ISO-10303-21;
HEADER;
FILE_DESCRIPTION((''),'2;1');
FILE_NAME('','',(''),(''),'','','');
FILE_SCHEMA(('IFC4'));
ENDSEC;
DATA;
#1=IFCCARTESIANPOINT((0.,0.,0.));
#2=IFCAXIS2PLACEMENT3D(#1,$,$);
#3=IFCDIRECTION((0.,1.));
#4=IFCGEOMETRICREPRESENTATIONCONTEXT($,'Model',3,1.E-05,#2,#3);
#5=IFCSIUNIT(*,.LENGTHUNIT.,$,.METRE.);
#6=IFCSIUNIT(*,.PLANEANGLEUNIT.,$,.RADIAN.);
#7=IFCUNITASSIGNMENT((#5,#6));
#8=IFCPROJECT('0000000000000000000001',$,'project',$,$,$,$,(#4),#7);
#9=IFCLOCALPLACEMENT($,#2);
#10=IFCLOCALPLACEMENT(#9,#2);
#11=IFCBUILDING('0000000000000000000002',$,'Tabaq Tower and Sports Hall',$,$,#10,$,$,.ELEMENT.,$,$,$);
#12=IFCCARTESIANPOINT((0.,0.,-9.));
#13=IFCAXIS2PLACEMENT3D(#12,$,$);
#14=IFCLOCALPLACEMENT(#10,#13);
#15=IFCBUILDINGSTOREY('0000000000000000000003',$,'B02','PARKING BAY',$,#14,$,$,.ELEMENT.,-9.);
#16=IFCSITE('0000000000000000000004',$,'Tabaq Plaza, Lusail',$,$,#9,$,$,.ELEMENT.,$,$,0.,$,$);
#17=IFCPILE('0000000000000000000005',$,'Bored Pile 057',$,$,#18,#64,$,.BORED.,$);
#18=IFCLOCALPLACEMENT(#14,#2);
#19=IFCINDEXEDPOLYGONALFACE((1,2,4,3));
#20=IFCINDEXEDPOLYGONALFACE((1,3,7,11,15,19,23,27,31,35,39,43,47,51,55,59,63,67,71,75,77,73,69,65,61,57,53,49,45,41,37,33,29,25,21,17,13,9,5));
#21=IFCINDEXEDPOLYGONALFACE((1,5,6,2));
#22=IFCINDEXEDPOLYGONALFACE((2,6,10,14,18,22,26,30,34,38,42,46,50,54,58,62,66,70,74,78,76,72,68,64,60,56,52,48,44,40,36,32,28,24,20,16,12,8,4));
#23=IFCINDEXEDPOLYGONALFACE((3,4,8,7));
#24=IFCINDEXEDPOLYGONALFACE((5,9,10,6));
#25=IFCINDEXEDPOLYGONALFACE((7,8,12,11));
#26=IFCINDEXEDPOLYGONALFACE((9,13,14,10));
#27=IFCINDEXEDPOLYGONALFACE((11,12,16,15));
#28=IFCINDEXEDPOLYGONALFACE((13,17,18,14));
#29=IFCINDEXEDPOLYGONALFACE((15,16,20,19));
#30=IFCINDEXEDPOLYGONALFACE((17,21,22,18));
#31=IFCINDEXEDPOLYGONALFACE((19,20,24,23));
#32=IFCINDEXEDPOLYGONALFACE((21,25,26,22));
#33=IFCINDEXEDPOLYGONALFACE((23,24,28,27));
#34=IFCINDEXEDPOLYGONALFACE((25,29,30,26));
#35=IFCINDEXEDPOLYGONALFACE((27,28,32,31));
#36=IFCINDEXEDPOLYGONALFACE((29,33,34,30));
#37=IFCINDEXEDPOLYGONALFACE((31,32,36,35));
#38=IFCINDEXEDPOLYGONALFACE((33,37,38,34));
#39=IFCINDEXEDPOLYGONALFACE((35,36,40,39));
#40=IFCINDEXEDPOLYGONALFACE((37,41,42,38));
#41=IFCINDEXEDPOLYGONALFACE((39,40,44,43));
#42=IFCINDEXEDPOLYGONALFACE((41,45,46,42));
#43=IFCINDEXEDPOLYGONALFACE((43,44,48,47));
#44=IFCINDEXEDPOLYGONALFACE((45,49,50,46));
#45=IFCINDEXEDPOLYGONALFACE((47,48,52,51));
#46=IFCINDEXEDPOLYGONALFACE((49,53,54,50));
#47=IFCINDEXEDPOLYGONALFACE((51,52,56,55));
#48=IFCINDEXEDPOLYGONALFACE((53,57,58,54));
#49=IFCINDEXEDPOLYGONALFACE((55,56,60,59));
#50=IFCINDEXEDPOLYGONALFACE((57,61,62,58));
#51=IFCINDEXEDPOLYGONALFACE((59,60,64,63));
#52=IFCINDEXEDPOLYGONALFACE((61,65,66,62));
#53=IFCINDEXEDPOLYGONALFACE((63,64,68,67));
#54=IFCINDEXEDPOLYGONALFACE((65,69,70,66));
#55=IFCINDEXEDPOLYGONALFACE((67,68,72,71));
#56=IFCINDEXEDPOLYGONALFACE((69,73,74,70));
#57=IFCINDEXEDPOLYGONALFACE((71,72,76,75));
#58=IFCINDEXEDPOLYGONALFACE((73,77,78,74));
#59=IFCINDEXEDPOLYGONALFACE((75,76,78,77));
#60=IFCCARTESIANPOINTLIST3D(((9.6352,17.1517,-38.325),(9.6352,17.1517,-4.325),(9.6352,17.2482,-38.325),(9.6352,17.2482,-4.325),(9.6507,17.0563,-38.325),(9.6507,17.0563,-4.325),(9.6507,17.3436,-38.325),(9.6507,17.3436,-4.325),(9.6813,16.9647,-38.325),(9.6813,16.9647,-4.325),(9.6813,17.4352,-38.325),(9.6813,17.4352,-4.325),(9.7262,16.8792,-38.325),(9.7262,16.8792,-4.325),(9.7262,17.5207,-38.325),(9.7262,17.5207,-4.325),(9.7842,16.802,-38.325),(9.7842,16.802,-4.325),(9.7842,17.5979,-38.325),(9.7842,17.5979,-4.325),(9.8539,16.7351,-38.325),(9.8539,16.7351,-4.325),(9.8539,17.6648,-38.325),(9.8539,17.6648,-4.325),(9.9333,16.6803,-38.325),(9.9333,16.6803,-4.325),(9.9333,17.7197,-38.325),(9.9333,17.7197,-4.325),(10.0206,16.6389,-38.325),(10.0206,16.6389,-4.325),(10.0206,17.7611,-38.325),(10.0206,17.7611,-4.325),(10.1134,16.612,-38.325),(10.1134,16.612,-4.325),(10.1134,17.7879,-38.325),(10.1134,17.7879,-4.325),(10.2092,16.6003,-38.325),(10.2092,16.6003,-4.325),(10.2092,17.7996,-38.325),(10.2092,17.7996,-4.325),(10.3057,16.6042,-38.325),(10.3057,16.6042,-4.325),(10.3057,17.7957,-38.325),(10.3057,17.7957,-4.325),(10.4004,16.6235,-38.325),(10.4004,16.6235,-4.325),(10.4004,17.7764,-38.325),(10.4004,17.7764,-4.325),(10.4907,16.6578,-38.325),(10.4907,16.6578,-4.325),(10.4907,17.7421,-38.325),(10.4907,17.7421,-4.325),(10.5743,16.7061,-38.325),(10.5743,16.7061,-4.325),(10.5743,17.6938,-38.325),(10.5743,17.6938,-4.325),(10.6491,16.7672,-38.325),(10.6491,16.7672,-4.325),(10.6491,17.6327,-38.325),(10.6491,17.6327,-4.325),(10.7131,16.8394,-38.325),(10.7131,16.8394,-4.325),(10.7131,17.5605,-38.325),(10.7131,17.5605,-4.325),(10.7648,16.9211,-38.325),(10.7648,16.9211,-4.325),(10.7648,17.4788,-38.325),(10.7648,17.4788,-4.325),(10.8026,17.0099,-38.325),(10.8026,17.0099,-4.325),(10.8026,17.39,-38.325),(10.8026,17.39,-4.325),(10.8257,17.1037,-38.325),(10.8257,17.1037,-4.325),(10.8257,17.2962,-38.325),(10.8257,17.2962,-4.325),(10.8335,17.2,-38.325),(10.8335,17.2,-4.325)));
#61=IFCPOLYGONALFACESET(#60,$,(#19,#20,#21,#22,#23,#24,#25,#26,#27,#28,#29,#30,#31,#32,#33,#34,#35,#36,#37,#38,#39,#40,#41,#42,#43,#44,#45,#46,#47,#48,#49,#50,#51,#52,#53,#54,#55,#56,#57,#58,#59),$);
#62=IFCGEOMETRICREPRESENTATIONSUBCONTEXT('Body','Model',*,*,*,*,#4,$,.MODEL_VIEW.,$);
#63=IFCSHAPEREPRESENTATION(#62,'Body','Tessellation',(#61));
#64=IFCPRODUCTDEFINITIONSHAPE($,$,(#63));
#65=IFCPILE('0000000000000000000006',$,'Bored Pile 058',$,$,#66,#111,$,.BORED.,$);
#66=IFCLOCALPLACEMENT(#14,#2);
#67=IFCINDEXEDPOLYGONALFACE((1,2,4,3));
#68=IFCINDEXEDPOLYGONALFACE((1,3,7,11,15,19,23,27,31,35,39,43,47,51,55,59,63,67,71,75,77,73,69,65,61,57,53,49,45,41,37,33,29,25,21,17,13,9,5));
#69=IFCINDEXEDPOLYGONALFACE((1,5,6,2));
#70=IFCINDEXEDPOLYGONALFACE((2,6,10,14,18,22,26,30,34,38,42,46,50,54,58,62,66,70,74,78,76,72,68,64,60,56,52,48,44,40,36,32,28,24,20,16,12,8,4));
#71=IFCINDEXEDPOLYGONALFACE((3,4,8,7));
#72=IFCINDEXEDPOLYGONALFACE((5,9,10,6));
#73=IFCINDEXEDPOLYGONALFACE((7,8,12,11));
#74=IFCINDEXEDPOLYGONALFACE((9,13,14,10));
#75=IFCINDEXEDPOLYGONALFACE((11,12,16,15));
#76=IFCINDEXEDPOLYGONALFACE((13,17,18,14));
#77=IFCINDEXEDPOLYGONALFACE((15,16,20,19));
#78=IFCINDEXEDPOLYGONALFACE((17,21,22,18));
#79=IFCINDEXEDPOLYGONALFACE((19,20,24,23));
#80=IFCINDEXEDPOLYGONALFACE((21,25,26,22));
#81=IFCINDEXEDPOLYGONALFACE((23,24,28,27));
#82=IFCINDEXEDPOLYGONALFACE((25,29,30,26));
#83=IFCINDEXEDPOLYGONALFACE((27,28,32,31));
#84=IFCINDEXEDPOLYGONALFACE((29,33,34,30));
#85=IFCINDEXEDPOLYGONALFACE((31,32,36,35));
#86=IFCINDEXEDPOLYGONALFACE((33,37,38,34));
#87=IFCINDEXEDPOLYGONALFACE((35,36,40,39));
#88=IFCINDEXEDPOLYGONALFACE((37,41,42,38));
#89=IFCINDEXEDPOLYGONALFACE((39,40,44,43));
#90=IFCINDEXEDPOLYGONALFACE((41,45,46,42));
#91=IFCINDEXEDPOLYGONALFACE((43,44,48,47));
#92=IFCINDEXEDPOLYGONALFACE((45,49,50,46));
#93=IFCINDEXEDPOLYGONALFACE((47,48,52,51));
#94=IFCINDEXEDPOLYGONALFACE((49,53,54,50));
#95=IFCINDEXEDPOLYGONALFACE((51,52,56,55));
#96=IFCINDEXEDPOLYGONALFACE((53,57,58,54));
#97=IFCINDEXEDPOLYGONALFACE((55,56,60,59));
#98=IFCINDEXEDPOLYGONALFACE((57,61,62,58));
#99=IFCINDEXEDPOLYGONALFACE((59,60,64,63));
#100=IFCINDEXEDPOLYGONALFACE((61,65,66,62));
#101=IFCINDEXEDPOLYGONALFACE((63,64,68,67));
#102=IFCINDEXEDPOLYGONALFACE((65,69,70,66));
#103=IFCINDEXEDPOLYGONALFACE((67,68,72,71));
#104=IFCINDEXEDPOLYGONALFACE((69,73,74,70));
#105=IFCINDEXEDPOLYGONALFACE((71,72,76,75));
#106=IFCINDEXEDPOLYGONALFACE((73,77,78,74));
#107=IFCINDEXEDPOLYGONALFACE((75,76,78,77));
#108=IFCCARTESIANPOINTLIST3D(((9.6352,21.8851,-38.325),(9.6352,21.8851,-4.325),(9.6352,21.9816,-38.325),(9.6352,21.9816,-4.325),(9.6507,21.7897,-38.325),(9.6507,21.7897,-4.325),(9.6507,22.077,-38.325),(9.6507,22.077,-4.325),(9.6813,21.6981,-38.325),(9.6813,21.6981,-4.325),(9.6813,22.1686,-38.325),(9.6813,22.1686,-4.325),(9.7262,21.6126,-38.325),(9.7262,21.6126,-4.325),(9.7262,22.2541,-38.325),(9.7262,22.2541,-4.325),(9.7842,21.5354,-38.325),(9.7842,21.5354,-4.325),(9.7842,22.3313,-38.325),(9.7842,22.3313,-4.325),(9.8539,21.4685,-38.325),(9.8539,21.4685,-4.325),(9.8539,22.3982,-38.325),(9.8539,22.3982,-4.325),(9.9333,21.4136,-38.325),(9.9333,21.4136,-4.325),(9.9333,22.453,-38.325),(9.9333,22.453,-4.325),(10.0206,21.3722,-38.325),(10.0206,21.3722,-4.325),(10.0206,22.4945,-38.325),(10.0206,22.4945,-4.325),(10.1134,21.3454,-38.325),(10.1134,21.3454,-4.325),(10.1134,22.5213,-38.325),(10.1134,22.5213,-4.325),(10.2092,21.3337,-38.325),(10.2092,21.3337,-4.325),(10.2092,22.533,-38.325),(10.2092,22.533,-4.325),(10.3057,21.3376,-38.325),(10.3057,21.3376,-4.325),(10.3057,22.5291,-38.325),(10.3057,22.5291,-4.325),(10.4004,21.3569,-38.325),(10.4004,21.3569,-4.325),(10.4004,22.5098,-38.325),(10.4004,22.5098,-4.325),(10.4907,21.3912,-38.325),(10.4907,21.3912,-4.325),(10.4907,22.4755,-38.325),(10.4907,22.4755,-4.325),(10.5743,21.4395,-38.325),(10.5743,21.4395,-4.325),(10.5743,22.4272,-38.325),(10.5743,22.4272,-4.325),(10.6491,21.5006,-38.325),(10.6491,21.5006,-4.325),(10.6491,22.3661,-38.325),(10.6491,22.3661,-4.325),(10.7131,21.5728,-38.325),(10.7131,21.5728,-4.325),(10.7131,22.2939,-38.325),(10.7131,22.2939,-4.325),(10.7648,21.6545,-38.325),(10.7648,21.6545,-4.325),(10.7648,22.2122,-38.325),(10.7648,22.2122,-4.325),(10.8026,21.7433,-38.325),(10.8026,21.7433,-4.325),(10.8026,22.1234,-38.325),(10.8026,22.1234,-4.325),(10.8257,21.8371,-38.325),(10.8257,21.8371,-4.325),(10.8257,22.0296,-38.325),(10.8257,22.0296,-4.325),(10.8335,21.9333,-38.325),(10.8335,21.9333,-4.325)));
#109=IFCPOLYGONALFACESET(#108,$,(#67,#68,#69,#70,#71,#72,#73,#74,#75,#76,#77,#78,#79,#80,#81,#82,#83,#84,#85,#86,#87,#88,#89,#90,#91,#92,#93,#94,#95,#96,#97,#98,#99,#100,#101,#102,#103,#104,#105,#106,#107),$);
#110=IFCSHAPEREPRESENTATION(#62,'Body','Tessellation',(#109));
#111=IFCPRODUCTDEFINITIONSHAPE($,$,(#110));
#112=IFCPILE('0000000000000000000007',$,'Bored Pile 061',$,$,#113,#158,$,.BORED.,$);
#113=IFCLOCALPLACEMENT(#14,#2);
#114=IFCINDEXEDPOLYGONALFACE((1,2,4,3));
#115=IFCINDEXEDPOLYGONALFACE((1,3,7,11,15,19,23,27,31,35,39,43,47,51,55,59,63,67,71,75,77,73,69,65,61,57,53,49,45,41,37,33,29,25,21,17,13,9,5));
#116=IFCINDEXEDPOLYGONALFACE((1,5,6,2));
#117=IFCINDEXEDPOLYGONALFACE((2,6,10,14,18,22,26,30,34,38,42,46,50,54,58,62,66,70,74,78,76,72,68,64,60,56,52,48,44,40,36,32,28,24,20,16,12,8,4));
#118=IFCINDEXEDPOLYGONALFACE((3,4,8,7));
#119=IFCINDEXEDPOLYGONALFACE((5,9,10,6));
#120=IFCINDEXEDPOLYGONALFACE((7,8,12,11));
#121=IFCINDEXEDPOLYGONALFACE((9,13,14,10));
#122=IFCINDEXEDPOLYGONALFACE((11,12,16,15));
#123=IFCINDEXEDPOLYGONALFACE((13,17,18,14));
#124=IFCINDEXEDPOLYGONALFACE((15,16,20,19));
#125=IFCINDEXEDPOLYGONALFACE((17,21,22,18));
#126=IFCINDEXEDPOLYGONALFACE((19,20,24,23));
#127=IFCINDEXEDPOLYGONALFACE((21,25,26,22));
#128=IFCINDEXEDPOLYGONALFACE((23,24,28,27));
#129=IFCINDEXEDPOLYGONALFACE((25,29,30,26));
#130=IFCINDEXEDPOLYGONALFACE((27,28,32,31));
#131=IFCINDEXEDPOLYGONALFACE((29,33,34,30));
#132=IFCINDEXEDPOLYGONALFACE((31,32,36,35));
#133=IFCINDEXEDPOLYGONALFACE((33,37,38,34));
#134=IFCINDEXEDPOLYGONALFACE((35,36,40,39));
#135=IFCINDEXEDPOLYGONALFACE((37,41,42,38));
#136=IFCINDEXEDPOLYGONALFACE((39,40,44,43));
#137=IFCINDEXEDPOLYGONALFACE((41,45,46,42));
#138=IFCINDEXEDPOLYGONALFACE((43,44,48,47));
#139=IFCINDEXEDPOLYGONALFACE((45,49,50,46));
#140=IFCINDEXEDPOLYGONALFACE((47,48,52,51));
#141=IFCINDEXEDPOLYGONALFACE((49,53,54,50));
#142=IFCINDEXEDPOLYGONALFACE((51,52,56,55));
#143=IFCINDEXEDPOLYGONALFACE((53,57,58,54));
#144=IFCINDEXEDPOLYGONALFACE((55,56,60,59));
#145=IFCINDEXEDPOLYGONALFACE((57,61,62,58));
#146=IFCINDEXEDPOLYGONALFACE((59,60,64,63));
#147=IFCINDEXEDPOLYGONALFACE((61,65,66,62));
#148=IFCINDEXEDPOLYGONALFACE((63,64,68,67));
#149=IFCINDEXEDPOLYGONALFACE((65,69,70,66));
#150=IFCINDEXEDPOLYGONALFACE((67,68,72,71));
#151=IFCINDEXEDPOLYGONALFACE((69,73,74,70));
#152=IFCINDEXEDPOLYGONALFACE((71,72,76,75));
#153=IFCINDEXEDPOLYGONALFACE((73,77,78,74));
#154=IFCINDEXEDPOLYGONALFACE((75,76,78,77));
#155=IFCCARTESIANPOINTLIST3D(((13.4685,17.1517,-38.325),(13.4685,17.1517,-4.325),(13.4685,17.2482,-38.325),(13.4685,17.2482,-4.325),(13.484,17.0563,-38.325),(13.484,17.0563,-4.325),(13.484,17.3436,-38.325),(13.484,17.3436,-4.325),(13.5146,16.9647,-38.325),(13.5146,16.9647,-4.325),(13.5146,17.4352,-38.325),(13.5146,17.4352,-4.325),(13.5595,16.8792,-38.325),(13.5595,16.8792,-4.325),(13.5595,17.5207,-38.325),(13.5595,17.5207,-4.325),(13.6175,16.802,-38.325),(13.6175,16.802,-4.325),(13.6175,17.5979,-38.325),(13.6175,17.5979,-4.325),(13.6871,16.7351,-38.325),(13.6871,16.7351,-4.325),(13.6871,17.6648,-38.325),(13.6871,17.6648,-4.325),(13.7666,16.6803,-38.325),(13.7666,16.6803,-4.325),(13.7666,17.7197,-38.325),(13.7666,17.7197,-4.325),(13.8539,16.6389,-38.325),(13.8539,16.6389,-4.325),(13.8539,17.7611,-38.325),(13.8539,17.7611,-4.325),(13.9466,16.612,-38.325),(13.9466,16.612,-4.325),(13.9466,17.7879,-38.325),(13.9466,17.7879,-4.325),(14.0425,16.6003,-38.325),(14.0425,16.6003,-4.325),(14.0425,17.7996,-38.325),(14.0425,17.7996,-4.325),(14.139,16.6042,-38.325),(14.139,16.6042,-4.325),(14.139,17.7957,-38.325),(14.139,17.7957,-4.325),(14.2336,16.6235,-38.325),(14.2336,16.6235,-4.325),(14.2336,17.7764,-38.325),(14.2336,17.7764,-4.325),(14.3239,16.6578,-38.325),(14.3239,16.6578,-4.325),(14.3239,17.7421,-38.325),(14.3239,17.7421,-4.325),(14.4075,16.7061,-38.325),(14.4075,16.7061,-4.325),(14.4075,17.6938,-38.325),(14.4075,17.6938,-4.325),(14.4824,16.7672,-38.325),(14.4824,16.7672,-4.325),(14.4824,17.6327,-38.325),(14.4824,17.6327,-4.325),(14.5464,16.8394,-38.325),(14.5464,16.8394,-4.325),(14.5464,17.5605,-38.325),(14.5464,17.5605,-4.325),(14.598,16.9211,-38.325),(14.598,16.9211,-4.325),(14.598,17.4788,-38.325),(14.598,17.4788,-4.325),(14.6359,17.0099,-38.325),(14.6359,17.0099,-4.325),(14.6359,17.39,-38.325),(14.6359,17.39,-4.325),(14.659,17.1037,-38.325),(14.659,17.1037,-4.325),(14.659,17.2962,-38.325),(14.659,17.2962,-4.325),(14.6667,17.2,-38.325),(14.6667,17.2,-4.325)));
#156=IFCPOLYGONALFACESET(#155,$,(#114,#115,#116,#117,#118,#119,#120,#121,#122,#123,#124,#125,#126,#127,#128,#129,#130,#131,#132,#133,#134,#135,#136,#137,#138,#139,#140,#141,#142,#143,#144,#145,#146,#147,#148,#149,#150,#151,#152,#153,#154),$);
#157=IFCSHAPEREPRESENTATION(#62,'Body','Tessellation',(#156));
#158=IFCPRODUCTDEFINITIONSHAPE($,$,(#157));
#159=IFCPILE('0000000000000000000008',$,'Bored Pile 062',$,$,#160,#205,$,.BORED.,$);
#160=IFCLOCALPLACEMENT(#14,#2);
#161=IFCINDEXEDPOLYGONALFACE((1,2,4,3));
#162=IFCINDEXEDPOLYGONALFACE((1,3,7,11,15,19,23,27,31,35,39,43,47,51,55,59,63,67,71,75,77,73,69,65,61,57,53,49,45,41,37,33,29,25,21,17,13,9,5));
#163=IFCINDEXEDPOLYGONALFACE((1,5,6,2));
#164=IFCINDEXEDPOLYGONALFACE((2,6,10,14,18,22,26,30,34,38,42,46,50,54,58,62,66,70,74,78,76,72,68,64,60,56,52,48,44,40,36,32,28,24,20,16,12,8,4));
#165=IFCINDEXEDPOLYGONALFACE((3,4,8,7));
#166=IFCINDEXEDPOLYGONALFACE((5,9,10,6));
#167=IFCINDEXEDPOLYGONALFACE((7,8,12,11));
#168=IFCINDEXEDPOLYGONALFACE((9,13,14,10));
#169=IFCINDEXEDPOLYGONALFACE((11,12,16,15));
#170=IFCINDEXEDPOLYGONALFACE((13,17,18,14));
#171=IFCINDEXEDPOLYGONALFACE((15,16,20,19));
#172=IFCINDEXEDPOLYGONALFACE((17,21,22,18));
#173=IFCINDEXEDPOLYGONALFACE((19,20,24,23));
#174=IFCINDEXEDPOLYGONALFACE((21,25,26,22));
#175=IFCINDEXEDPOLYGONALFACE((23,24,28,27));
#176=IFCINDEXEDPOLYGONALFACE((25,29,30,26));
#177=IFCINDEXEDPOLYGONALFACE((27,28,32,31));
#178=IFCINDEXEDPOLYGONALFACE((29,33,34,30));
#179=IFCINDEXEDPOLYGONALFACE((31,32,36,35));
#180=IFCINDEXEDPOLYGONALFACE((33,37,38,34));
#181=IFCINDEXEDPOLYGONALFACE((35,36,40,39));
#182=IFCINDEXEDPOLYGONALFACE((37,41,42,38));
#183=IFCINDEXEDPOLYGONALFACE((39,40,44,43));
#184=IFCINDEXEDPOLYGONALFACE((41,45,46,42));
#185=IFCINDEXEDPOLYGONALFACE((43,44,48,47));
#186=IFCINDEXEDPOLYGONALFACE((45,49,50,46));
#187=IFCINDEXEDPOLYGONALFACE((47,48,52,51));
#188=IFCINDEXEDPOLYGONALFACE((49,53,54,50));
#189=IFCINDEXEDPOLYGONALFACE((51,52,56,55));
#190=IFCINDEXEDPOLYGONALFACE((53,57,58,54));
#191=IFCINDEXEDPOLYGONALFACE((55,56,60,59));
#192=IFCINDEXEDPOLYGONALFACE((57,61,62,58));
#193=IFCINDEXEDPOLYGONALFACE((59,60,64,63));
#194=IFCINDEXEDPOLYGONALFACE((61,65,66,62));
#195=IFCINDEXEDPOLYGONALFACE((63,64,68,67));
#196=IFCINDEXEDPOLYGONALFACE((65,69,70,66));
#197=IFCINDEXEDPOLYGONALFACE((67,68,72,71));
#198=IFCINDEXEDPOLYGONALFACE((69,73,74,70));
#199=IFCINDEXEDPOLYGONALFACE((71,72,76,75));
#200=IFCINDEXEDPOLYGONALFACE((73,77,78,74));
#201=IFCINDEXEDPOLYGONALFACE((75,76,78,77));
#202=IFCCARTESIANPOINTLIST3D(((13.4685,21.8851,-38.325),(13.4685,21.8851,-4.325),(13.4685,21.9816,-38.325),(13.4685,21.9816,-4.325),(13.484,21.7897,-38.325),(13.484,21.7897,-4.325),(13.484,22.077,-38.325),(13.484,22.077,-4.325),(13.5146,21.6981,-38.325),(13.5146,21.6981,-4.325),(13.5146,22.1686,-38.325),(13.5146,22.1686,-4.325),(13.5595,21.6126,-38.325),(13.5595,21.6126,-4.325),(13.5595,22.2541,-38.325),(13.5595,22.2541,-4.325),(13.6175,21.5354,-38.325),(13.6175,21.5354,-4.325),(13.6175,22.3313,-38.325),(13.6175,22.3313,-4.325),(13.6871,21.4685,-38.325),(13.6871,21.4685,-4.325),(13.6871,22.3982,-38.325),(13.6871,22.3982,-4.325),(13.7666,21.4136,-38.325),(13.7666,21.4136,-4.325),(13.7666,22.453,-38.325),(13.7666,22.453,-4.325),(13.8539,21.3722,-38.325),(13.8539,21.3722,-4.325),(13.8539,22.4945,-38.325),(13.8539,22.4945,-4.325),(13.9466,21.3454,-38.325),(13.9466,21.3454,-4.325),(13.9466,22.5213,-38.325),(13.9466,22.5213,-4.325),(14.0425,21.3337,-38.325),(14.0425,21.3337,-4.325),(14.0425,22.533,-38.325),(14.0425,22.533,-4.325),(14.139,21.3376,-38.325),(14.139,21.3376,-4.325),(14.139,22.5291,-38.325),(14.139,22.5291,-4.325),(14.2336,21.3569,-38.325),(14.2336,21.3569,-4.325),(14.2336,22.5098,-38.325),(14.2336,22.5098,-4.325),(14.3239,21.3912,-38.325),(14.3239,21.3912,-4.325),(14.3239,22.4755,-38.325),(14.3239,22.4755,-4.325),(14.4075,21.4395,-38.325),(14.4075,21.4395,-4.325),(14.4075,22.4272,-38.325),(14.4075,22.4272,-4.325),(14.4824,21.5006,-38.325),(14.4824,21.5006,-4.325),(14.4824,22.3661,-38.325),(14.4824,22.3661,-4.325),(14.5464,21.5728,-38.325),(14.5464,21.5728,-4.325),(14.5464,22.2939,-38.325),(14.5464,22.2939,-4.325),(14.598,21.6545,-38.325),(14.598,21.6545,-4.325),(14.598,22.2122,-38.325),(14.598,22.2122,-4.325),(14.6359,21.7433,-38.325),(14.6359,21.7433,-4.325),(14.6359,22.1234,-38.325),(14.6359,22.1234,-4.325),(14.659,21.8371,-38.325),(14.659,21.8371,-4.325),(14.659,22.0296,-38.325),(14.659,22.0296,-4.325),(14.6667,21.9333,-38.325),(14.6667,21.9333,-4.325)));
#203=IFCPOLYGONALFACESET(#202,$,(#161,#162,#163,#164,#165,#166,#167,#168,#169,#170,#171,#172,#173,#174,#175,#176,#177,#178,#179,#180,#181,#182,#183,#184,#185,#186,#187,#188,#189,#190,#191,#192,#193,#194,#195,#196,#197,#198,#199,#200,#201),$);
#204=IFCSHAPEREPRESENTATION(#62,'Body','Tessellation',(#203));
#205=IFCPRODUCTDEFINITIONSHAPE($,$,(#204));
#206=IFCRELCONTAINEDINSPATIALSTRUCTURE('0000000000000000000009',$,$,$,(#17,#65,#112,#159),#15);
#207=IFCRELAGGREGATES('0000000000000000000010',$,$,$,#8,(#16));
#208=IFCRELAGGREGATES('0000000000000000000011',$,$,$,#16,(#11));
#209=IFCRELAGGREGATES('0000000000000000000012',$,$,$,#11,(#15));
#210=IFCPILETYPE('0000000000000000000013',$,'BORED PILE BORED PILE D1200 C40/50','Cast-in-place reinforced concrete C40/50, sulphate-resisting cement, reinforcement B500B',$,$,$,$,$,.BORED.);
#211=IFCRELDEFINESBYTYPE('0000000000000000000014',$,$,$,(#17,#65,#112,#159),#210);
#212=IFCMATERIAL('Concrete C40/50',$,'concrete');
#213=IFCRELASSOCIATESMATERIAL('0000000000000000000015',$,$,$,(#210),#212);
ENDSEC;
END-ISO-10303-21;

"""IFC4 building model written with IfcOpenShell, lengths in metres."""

from ifc_helpers import new_model, si_unit, direction, frame, origin, origin_2d, place, context, subcontext, project, spatial, circle, extrude, material, material_profile, profile_set, type_object, element, save


model = new_model("IFC4")

# Units and contexts
model_context = context("Model", 3, precision=1e-05, world=origin(), true_north=direction((0.0, 1.0)))
body_context = subcontext(model_context, "Body", "Model", "MODEL_VIEW")
ifc_project = project(units=[si_unit("LENGTHUNIT", "METRE"), si_unit("PLANEANGLEUNIT", "RADIAN")], contexts=[model_context])

# Site, building, storey
site_placement = place(None, origin())
site = spatial("IfcSite", under=ifc_project, at=site_placement, Name="Tabaq Plaza, Lusail", CompositionType="ELEMENT", RefElevation=0.0)
building_placement = place(site_placement, origin())
building = spatial("IfcBuilding", under=site, at=building_placement, Name="Tabaq Tower and Sports Hall", CompositionType="ELEMENT")
storey_placement = place(building_placement, frame((0.0, 0.0, -9.0)))
storey = spatial("IfcBuildingStorey", under=building, at=storey_placement, Name="B02", Description="PARKING BAY", CompositionType="ELEMENT", Elevation=-9.0)

# Piles
ifc_material_1 = material(Name="Concrete C40/50", Category="concrete")
ifc_material_profile_1 = material_profile(ifc_material_1, circle(Radius=0.6001, at=origin_2d()), Name="BORED PILE D1200")
ifc_profile_set_1 = profile_set([ifc_material_profile_1], Name="Concrete C40/50")
pile_type_1 = type_object("IfcPileType", Name="BORED PILE BORED PILE D1200 C40/50", Description="Cast-in-place reinforced concrete C40/50, sulphate-resisting cement, reinforcement B500B", PredefinedType="BORED", material=ifc_profile_set_1)
for number, where, z_axis, x_axis, name in (
    (1, (10.2334, 17.2, -4.325), (0.0, 0.0, -1.0), (1.0, 0.0, 0.0), "Bored Pile 057"),
    (2, (10.2334, 21.9333, -4.325), (0.0, 0.0, -1.0), (1.0, 0.0, 0.0), "Bored Pile 058"),
    (3, (14.0667, 17.2, -4.325), (0.0, 0.0, -1.0), (1.0, 0.0, 0.0), "Bored Pile 061"),
    (4, (14.0667, 21.9333, -4.325), (0.0, 0.0, -1.0), (1.0, 0.0, 0.0), "Bored Pile 062"),
):
    element("IfcPile", number, at=place(storey_placement, frame(where, z_axis=z_axis, x_axis=x_axis)), inside=storey, type_object=pile_type_1, Name=name, PredefinedType="BORED", context=body_context, shape_type="SweptSolid", body=[
        extrude(circle(Radius=0.6001, at=origin_2d()), origin(), (0.0, 0.0, 1.0), 34.0),
    ])

save(model, "model.ifc")
